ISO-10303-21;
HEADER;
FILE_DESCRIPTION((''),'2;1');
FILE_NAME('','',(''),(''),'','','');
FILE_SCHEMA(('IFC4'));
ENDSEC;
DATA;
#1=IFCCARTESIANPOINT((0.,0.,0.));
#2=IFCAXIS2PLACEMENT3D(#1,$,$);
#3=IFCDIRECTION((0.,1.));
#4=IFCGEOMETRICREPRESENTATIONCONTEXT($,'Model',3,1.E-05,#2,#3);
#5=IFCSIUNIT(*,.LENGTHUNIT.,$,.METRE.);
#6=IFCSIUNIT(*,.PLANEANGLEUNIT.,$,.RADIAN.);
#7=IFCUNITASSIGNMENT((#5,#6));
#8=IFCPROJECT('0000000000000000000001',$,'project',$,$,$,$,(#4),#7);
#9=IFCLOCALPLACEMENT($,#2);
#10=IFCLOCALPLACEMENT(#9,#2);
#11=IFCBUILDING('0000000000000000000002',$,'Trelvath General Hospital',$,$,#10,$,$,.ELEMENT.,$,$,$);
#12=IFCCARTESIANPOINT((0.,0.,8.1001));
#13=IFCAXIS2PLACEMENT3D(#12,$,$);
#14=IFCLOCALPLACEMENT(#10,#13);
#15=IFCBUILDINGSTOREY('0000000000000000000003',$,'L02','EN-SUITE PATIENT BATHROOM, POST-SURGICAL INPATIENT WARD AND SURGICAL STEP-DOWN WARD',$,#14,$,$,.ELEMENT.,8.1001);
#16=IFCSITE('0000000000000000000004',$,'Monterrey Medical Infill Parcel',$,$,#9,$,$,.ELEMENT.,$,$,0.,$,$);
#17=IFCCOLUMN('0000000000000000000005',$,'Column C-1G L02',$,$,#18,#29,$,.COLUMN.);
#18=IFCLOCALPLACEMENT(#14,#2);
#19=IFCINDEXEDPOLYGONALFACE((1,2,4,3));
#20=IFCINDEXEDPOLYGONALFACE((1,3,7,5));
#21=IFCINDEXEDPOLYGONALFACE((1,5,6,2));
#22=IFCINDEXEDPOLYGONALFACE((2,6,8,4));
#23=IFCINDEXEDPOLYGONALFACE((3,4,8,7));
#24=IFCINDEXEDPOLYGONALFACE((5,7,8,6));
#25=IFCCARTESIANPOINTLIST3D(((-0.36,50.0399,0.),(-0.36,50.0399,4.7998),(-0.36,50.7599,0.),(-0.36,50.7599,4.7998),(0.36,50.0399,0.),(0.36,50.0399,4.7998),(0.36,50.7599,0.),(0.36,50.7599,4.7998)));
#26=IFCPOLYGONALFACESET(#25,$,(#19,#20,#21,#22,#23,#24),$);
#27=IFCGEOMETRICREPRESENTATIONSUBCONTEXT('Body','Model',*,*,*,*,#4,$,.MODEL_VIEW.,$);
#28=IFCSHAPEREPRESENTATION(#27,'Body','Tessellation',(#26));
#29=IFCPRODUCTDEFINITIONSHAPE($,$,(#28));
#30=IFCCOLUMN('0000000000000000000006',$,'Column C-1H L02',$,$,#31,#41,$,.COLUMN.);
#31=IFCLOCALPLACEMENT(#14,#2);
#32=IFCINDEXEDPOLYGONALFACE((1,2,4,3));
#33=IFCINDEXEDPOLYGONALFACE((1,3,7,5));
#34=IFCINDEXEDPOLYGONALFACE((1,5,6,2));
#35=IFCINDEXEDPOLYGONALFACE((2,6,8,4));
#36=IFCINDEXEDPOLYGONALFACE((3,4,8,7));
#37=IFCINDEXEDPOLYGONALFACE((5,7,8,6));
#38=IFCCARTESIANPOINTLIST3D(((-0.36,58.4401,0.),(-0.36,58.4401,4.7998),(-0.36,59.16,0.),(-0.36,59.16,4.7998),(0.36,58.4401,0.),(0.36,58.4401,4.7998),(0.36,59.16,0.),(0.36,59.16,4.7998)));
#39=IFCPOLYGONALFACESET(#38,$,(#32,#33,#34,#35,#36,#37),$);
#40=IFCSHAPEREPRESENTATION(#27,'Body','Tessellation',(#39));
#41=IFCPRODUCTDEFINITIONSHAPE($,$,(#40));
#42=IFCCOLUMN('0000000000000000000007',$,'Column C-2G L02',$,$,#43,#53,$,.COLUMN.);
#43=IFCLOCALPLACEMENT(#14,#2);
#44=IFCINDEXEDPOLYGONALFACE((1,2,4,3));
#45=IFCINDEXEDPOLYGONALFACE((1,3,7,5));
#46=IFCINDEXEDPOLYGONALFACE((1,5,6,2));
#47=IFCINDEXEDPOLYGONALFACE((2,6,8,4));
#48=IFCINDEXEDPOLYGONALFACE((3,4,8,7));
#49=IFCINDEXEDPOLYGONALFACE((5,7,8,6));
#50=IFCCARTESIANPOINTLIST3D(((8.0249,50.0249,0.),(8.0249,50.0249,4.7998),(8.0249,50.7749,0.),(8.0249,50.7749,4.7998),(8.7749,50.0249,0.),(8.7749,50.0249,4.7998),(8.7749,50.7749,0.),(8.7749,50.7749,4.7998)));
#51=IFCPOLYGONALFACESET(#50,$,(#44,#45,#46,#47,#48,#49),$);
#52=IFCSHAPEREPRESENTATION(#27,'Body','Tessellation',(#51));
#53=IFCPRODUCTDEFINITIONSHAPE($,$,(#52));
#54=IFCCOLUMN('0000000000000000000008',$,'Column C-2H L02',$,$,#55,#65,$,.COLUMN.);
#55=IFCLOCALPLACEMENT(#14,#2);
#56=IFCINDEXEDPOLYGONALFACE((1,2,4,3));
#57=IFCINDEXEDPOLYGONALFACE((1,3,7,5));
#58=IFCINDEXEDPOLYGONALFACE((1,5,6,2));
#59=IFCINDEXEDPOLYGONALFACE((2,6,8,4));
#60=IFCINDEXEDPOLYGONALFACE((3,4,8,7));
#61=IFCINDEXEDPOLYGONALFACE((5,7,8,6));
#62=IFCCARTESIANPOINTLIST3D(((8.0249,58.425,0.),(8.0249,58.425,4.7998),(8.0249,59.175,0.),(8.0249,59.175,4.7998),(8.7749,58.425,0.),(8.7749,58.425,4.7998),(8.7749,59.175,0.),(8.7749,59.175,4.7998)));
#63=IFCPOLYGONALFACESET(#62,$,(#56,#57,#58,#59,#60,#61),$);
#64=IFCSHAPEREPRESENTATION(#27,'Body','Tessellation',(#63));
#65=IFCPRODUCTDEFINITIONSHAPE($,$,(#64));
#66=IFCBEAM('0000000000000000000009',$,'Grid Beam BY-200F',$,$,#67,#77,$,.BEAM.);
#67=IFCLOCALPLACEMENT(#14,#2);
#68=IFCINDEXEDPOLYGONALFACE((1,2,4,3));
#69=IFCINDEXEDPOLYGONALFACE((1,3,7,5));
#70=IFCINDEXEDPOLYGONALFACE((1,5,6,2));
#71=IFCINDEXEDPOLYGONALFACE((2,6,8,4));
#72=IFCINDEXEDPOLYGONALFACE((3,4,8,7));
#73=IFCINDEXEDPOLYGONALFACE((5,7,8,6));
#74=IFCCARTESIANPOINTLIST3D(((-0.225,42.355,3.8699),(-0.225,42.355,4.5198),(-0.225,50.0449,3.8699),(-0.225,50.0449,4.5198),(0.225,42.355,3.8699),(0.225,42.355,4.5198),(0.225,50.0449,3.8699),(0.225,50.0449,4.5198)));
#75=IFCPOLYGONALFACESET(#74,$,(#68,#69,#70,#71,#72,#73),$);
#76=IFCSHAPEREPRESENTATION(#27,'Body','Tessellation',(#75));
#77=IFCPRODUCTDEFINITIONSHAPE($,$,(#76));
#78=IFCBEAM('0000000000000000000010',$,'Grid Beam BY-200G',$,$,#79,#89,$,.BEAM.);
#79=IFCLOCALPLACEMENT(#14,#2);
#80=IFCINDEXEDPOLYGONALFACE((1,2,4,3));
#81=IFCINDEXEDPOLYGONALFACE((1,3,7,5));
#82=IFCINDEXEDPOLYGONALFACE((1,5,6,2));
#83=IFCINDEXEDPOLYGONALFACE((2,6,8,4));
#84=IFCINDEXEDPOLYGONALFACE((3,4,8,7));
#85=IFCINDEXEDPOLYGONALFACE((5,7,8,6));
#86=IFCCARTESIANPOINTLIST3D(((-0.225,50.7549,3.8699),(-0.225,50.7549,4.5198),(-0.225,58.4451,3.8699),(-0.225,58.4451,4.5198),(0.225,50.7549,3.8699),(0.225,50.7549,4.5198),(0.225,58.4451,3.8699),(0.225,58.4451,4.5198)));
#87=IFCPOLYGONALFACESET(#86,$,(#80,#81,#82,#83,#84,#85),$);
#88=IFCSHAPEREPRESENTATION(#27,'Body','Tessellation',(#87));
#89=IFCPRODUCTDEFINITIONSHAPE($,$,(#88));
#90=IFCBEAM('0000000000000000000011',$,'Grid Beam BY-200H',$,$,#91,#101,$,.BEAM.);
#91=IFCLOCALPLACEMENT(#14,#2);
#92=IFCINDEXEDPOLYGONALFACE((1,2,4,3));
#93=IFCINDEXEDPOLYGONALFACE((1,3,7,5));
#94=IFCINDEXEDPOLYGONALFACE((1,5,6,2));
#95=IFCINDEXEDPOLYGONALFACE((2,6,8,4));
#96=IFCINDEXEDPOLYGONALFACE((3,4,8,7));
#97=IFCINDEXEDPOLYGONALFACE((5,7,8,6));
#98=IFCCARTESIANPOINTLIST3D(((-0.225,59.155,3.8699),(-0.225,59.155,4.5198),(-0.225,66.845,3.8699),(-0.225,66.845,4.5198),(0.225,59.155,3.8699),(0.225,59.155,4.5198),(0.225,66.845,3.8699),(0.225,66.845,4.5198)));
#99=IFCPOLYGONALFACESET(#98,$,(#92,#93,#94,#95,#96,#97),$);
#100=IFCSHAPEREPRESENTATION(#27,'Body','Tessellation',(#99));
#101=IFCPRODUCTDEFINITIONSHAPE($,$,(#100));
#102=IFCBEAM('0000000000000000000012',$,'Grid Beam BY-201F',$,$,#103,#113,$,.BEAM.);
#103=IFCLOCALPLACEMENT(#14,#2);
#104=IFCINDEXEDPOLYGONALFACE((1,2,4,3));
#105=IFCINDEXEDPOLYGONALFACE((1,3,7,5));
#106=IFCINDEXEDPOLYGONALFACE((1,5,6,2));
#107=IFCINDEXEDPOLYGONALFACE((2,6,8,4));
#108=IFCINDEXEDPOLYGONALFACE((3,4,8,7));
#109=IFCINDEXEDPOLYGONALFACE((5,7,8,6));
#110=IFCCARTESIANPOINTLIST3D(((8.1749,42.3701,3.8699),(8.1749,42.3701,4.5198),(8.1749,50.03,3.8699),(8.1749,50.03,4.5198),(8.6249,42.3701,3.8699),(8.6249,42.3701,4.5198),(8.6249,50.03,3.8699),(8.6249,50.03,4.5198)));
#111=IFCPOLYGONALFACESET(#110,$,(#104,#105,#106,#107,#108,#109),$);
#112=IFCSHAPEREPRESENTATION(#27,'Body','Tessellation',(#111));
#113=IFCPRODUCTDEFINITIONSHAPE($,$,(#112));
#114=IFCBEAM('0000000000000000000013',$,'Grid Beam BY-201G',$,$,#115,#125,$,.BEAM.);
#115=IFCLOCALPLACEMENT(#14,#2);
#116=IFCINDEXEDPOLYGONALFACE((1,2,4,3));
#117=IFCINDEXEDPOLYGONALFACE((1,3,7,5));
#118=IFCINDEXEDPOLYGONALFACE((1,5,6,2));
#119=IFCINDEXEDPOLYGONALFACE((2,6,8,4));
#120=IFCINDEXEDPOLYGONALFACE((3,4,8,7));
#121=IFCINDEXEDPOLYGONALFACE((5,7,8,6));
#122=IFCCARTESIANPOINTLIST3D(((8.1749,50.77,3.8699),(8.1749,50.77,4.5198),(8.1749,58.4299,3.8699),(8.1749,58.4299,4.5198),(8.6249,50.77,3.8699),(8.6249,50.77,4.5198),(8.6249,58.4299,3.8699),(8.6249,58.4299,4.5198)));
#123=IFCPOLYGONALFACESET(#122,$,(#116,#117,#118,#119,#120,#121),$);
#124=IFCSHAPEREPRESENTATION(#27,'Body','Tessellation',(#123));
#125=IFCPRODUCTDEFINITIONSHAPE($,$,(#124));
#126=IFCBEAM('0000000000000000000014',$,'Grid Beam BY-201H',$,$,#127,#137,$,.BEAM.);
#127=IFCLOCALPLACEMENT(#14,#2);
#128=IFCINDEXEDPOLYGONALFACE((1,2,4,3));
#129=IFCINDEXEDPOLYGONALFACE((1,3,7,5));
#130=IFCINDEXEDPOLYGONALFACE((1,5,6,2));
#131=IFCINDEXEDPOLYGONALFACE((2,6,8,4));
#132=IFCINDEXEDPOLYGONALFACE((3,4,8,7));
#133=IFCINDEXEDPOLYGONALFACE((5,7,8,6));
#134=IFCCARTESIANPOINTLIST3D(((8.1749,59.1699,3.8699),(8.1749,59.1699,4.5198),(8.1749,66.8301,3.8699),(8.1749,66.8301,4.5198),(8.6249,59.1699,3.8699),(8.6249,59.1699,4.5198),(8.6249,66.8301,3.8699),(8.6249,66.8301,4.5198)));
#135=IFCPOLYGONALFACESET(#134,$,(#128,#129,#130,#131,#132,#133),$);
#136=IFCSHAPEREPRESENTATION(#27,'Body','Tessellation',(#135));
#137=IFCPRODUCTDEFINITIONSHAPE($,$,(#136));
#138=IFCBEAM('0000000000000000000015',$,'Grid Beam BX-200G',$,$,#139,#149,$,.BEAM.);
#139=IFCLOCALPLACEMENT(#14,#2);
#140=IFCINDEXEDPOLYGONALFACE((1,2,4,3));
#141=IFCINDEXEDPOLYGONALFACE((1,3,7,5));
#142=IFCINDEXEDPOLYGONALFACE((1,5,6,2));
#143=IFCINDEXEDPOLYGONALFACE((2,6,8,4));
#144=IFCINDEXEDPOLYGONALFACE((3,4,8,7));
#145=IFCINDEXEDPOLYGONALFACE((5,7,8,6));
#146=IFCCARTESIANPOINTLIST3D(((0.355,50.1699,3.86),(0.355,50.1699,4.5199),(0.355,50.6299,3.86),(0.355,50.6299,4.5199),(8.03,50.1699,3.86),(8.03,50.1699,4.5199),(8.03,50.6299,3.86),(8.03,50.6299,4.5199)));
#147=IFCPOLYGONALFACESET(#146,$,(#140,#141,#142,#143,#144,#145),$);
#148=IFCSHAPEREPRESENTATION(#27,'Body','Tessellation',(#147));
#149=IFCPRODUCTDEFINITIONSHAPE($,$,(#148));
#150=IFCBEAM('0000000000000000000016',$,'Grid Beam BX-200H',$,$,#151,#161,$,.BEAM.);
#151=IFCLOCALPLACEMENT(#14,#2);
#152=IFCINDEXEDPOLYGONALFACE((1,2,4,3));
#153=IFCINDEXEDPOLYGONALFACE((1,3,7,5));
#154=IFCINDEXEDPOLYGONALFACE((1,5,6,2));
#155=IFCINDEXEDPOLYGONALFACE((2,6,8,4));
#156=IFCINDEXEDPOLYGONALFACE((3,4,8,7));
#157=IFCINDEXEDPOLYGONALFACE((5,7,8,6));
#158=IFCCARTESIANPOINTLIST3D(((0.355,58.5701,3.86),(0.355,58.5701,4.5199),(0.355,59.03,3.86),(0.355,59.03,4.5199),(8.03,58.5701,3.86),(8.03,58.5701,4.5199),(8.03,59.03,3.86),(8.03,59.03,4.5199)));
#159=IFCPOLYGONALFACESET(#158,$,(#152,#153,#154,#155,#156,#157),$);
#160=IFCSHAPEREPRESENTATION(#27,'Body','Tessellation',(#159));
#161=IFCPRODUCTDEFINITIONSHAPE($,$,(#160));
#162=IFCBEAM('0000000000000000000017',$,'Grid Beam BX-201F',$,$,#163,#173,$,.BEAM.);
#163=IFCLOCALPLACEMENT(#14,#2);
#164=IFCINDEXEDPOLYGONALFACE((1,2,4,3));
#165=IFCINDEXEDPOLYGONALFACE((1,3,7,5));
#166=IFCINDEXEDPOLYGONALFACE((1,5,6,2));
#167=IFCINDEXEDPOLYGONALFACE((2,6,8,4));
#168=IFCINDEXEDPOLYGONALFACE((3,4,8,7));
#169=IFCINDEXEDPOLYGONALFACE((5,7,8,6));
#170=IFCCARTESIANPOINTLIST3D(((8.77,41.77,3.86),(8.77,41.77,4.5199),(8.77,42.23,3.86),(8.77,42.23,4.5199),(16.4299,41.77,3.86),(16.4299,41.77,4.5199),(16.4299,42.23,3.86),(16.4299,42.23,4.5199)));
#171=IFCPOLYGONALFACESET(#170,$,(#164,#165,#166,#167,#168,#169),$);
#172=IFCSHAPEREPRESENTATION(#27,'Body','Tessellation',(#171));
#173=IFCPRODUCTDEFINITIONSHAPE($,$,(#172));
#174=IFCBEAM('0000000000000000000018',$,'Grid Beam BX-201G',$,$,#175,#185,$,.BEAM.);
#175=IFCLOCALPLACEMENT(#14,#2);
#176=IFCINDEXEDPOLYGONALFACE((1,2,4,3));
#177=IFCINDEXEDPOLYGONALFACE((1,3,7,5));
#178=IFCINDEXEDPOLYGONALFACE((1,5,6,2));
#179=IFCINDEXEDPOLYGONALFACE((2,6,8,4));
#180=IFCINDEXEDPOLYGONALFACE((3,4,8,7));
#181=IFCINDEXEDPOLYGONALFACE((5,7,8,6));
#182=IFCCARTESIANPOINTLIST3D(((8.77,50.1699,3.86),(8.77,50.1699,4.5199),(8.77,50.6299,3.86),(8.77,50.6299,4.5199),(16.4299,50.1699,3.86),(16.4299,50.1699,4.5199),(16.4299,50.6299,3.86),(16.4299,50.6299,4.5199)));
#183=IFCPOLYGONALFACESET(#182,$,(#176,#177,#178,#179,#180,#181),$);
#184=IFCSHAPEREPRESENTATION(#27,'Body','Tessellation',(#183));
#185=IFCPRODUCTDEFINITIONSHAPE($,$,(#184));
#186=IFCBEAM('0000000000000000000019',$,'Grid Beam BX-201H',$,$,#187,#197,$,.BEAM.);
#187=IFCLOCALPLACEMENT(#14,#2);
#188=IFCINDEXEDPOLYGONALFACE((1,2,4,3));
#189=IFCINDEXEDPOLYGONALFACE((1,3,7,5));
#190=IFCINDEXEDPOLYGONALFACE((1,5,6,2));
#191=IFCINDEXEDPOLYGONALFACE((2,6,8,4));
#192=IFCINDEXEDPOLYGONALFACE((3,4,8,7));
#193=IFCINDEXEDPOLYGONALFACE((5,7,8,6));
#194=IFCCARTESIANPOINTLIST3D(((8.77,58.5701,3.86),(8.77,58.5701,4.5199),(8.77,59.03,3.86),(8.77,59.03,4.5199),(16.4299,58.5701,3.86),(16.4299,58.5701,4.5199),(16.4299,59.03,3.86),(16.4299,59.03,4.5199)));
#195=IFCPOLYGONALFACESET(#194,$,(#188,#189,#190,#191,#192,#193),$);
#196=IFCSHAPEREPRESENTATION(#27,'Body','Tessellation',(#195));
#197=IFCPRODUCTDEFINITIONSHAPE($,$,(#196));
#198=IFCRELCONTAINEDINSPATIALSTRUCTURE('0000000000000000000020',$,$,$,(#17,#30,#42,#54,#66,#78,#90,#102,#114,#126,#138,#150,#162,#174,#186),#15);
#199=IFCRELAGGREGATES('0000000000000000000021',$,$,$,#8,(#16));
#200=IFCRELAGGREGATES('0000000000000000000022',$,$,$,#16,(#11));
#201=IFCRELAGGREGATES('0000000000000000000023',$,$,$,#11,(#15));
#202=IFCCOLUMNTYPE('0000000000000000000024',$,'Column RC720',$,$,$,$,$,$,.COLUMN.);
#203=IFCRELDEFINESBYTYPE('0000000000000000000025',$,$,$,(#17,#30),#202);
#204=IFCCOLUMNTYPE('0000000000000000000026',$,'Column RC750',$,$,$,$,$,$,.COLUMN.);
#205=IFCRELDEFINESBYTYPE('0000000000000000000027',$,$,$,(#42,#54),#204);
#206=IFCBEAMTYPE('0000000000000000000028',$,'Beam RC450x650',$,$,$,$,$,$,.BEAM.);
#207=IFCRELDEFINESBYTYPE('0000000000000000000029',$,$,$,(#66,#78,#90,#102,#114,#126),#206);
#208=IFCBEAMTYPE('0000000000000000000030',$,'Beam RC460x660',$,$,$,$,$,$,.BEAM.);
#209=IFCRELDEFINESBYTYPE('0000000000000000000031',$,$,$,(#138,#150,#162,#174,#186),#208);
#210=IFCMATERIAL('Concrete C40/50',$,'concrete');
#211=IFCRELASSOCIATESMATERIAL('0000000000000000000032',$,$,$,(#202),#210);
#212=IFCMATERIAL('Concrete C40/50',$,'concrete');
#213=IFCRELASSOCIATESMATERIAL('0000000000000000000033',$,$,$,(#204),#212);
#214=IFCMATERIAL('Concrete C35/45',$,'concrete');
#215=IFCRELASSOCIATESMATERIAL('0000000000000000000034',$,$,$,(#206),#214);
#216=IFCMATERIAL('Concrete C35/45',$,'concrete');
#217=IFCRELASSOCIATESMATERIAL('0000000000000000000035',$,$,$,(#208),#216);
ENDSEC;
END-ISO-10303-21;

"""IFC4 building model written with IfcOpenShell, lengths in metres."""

from ifc_helpers import new_model, si_unit, direction, frame, origin, origin_2d, place, context, subcontext, project, spatial, rectangle, extrude, material, material_profile, profile_set, type_object, element, save


model = new_model("IFC4")

# Units and contexts
model_context = context("Model", 3, precision=1e-05, world=origin(), true_north=direction((0.0, 1.0)))
body_context = subcontext(model_context, "Body", "Model", "MODEL_VIEW")
ifc_project = project(units=[si_unit("LENGTHUNIT", "METRE"), si_unit("PLANEANGLEUNIT", "RADIAN")], contexts=[model_context])

# Site, building, storey
site_placement = place(None, origin())
site = spatial("IfcSite", under=ifc_project, at=site_placement, Name="Monterrey Medical Infill Parcel", CompositionType="ELEMENT", RefElevation=0.0)
building_placement = place(site_placement, origin())
building = spatial("IfcBuilding", under=site, at=building_placement, Name="Trelvath General Hospital", CompositionType="ELEMENT")
storey_placement = place(building_placement, frame((0.0, 0.0, 8.1001)))
storey = spatial("IfcBuildingStorey", under=building, at=storey_placement, Name="L02", Description="EN-SUITE PATIENT BATHROOM, POST-SURGICAL INPATIENT WARD AND SURGICAL STEP-DOWN WARD", CompositionType="ELEMENT", Elevation=8.1001)

# Columns
ifc_material_1 = material(Name="Concrete C40/50", Category="concrete")
ifc_material_profile_1 = material_profile(ifc_material_1, rectangle(XDim=0.72, YDim=0.72, at=origin_2d()), Name="RC720x720")
ifc_profile_set_1 = profile_set([ifc_material_profile_1], Name="Concrete C40/50")
column_type_1 = type_object("IfcColumnType", Name="Column RC720", PredefinedType="COLUMN", material=ifc_profile_set_1)
for number, where, z_axis, x_axis, name in (
    (1, (0.0, 50.3999, 0.0), (0.0, 0.0, 1.0), (1.0, 0.0, 0.0), "Column C-1G L02"),
    (2, (0.0, 58.8, 0.0), (0.0, 0.0, 1.0), (1.0, 0.0, 0.0), "Column C-1H L02"),
):
    element("IfcColumn", number, at=place(storey_placement, frame(where, z_axis=z_axis, x_axis=x_axis)), inside=storey, type_object=column_type_1, Name=name, PredefinedType="COLUMN", context=body_context, shape_type="SweptSolid", body=[
        extrude(rectangle(XDim=0.72, YDim=0.72, at=origin_2d()), origin(), (0.0, 0.0, 1.0), 4.7998),
    ])
ifc_material_2 = material(Name="Concrete C40/50", Category="concrete")
ifc_material_profile_2 = material_profile(ifc_material_2, rectangle(XDim=0.75, YDim=0.75, at=origin_2d()), Name="RC750x750")
ifc_profile_set_2 = profile_set([ifc_material_profile_2], Name="Concrete C40/50")
column_type_2 = type_object("IfcColumnType", Name="Column RC750", PredefinedType="COLUMN", material=ifc_profile_set_2)
for number, where, z_axis, x_axis, name in (
    (3, (8.3999, 50.3999, 0.0), (0.0, 0.0, 1.0), (1.0, 0.0, 0.0), "Column C-2G L02"),
    (4, (8.3999, 58.8, 0.0), (0.0, 0.0, 1.0), (1.0, 0.0, 0.0), "Column C-2H L02"),
):
    element("IfcColumn", number, at=place(storey_placement, frame(where, z_axis=z_axis, x_axis=x_axis)), inside=storey, type_object=column_type_2, Name=name, PredefinedType="COLUMN", context=body_context, shape_type="SweptSolid", body=[
        extrude(rectangle(XDim=0.75, YDim=0.75, at=origin_2d()), origin(), (0.0, 0.0, 1.0), 4.7998),
    ])

# Beams
ifc_material_3 = material(Name="Concrete C35/45", Category="concrete")
ifc_material_profile_3 = material_profile(ifc_material_3, rectangle(XDim=0.45, YDim=0.6499, at=origin_2d()), Name="RCB450x650")
ifc_profile_set_3 = profile_set([ifc_material_profile_3], Name="Concrete C35/45")
beam_type_1 = type_object("IfcBeamType", Name="Beam RC450x650", PredefinedType="BEAM", material=ifc_profile_set_3)
beam_1_placement = place(storey_placement, frame((0.0, 42.355, 4.1948), z_axis=(0.0, 1.0, 0.0), x_axis=(-1.0, 0.0, 0.0)))
element("IfcBeam", 5, at=beam_1_placement, inside=storey, type_object=beam_type_1, Name="Grid Beam BY-200F", PredefinedType="BEAM", context=body_context, shape_type="SweptSolid", body=[
    extrude(rectangle(XDim=0.45, YDim=0.6499, at=origin_2d()), origin(), (0.0, 0.0, 1.0), 7.6899),
])
beam_2_placement = place(storey_placement, frame((0.0, 50.7549, 4.1948), z_axis=(0.0, 1.0, 0.0), x_axis=(-1.0, 0.0, 0.0)))
element("IfcBeam", 6, at=beam_2_placement, inside=storey, type_object=beam_type_1, Name="Grid Beam BY-200G", PredefinedType="BEAM", context=body_context, shape_type="SweptSolid", body=[
    extrude(rectangle(XDim=0.45, YDim=0.6499, at=origin_2d()), origin(), (0.0, 0.0, 1.0), 7.6902),
])
beam_3_placement = place(storey_placement, frame((0.0, 59.155, 4.1948), z_axis=(0.0, 1.0, 0.0), x_axis=(-1.0, 0.0, 0.0)))
element("IfcBeam", 7, at=beam_3_placement, inside=storey, type_object=beam_type_1, Name="Grid Beam BY-200H", PredefinedType="BEAM", context=body_context, shape_type="SweptSolid", body=[
    extrude(rectangle(XDim=0.45, YDim=0.6499, at=origin_2d()), origin(), (0.0, 0.0, 1.0), 7.6899),
])
for number, where, z_axis, x_axis, name in (
    (8, (8.3999, 42.3701, 4.1948), (0.0, 1.0, 0.0), (-1.0, 0.0, 0.0), "Grid Beam BY-201F"),
    (9, (8.3999, 50.77, 4.1948), (0.0, 1.0, 0.0), (-1.0, 0.0, 0.0), "Grid Beam BY-201G"),
):
    element("IfcBeam", number, at=place(storey_placement, frame(where, z_axis=z_axis, x_axis=x_axis)), inside=storey, type_object=beam_type_1, Name=name, PredefinedType="BEAM", context=body_context, shape_type="SweptSolid", body=[
        extrude(rectangle(XDim=0.45, YDim=0.6499, at=origin_2d()), origin(), (0.0, 0.0, 1.0), 7.6599),
    ])
beam_4_placement = place(storey_placement, frame((8.3999, 59.1699, 4.1948), z_axis=(0.0, 1.0, 0.0), x_axis=(-1.0, 0.0, 0.0)))
element("IfcBeam", 10, at=beam_4_placement, inside=storey, type_object=beam_type_1, Name="Grid Beam BY-201H", PredefinedType="BEAM", context=body_context, shape_type="SweptSolid", body=[
    extrude(rectangle(XDim=0.45, YDim=0.6499, at=origin_2d()), origin(), (0.0, 0.0, 1.0), 7.6602),
])
ifc_material_4 = material(Name="Concrete C35/45", Category="concrete")
ifc_material_profile_4 = material_profile(ifc_material_4, rectangle(XDim=0.46, YDim=0.6599, at=origin_2d()), Name="RCB460x660")
ifc_profile_set_4 = profile_set([ifc_material_profile_4], Name="Concrete C35/45")
beam_type_2 = type_object("IfcBeamType", Name="Beam RC460x660", PredefinedType="BEAM", material=ifc_profile_set_4)
for number, where, z_axis, x_axis, name in (
    (11, (0.355, 50.3999, 4.1899), (1.0, 0.0, 0.0), (0.0, 1.0, 0.0), "Grid Beam BX-200G"),
    (12, (0.355, 58.8, 4.1899), (1.0, 0.0, 0.0), (0.0, 1.0, 0.0), "Grid Beam BX-200H"),
):
    element("IfcBeam", number, at=place(storey_placement, frame(where, z_axis=z_axis, x_axis=x_axis)), inside=storey, type_object=beam_type_2, Name=name, PredefinedType="BEAM", context=body_context, shape_type="SweptSolid", body=[
        extrude(rectangle(XDim=0.46, YDim=0.6599, at=origin_2d()), origin(), (0.0, 0.0, 1.0), 7.675),
    ])
for number, where, z_axis, x_axis, name in (
    (13, (8.77, 42.0, 4.1899), (1.0, 0.0, 0.0), (0.0, 1.0, 0.0), "Grid Beam BX-201F"),
    (14, (8.77, 50.3999, 4.1899), (1.0, 0.0, 0.0), (0.0, 1.0, 0.0), "Grid Beam BX-201G"),
    (15, (8.77, 58.8, 4.1899), (1.0, 0.0, 0.0), (0.0, 1.0, 0.0), "Grid Beam BX-201H"),
):
    element("IfcBeam", number, at=place(storey_placement, frame(where, z_axis=z_axis, x_axis=x_axis)), inside=storey, type_object=beam_type_2, Name=name, PredefinedType="BEAM", context=body_context, shape_type="SweptSolid", body=[
        extrude(rectangle(XDim=0.46, YDim=0.6599, at=origin_2d()), origin(), (0.0, 0.0, 1.0), 7.6599),
    ])

save(model, "model.ifc")
